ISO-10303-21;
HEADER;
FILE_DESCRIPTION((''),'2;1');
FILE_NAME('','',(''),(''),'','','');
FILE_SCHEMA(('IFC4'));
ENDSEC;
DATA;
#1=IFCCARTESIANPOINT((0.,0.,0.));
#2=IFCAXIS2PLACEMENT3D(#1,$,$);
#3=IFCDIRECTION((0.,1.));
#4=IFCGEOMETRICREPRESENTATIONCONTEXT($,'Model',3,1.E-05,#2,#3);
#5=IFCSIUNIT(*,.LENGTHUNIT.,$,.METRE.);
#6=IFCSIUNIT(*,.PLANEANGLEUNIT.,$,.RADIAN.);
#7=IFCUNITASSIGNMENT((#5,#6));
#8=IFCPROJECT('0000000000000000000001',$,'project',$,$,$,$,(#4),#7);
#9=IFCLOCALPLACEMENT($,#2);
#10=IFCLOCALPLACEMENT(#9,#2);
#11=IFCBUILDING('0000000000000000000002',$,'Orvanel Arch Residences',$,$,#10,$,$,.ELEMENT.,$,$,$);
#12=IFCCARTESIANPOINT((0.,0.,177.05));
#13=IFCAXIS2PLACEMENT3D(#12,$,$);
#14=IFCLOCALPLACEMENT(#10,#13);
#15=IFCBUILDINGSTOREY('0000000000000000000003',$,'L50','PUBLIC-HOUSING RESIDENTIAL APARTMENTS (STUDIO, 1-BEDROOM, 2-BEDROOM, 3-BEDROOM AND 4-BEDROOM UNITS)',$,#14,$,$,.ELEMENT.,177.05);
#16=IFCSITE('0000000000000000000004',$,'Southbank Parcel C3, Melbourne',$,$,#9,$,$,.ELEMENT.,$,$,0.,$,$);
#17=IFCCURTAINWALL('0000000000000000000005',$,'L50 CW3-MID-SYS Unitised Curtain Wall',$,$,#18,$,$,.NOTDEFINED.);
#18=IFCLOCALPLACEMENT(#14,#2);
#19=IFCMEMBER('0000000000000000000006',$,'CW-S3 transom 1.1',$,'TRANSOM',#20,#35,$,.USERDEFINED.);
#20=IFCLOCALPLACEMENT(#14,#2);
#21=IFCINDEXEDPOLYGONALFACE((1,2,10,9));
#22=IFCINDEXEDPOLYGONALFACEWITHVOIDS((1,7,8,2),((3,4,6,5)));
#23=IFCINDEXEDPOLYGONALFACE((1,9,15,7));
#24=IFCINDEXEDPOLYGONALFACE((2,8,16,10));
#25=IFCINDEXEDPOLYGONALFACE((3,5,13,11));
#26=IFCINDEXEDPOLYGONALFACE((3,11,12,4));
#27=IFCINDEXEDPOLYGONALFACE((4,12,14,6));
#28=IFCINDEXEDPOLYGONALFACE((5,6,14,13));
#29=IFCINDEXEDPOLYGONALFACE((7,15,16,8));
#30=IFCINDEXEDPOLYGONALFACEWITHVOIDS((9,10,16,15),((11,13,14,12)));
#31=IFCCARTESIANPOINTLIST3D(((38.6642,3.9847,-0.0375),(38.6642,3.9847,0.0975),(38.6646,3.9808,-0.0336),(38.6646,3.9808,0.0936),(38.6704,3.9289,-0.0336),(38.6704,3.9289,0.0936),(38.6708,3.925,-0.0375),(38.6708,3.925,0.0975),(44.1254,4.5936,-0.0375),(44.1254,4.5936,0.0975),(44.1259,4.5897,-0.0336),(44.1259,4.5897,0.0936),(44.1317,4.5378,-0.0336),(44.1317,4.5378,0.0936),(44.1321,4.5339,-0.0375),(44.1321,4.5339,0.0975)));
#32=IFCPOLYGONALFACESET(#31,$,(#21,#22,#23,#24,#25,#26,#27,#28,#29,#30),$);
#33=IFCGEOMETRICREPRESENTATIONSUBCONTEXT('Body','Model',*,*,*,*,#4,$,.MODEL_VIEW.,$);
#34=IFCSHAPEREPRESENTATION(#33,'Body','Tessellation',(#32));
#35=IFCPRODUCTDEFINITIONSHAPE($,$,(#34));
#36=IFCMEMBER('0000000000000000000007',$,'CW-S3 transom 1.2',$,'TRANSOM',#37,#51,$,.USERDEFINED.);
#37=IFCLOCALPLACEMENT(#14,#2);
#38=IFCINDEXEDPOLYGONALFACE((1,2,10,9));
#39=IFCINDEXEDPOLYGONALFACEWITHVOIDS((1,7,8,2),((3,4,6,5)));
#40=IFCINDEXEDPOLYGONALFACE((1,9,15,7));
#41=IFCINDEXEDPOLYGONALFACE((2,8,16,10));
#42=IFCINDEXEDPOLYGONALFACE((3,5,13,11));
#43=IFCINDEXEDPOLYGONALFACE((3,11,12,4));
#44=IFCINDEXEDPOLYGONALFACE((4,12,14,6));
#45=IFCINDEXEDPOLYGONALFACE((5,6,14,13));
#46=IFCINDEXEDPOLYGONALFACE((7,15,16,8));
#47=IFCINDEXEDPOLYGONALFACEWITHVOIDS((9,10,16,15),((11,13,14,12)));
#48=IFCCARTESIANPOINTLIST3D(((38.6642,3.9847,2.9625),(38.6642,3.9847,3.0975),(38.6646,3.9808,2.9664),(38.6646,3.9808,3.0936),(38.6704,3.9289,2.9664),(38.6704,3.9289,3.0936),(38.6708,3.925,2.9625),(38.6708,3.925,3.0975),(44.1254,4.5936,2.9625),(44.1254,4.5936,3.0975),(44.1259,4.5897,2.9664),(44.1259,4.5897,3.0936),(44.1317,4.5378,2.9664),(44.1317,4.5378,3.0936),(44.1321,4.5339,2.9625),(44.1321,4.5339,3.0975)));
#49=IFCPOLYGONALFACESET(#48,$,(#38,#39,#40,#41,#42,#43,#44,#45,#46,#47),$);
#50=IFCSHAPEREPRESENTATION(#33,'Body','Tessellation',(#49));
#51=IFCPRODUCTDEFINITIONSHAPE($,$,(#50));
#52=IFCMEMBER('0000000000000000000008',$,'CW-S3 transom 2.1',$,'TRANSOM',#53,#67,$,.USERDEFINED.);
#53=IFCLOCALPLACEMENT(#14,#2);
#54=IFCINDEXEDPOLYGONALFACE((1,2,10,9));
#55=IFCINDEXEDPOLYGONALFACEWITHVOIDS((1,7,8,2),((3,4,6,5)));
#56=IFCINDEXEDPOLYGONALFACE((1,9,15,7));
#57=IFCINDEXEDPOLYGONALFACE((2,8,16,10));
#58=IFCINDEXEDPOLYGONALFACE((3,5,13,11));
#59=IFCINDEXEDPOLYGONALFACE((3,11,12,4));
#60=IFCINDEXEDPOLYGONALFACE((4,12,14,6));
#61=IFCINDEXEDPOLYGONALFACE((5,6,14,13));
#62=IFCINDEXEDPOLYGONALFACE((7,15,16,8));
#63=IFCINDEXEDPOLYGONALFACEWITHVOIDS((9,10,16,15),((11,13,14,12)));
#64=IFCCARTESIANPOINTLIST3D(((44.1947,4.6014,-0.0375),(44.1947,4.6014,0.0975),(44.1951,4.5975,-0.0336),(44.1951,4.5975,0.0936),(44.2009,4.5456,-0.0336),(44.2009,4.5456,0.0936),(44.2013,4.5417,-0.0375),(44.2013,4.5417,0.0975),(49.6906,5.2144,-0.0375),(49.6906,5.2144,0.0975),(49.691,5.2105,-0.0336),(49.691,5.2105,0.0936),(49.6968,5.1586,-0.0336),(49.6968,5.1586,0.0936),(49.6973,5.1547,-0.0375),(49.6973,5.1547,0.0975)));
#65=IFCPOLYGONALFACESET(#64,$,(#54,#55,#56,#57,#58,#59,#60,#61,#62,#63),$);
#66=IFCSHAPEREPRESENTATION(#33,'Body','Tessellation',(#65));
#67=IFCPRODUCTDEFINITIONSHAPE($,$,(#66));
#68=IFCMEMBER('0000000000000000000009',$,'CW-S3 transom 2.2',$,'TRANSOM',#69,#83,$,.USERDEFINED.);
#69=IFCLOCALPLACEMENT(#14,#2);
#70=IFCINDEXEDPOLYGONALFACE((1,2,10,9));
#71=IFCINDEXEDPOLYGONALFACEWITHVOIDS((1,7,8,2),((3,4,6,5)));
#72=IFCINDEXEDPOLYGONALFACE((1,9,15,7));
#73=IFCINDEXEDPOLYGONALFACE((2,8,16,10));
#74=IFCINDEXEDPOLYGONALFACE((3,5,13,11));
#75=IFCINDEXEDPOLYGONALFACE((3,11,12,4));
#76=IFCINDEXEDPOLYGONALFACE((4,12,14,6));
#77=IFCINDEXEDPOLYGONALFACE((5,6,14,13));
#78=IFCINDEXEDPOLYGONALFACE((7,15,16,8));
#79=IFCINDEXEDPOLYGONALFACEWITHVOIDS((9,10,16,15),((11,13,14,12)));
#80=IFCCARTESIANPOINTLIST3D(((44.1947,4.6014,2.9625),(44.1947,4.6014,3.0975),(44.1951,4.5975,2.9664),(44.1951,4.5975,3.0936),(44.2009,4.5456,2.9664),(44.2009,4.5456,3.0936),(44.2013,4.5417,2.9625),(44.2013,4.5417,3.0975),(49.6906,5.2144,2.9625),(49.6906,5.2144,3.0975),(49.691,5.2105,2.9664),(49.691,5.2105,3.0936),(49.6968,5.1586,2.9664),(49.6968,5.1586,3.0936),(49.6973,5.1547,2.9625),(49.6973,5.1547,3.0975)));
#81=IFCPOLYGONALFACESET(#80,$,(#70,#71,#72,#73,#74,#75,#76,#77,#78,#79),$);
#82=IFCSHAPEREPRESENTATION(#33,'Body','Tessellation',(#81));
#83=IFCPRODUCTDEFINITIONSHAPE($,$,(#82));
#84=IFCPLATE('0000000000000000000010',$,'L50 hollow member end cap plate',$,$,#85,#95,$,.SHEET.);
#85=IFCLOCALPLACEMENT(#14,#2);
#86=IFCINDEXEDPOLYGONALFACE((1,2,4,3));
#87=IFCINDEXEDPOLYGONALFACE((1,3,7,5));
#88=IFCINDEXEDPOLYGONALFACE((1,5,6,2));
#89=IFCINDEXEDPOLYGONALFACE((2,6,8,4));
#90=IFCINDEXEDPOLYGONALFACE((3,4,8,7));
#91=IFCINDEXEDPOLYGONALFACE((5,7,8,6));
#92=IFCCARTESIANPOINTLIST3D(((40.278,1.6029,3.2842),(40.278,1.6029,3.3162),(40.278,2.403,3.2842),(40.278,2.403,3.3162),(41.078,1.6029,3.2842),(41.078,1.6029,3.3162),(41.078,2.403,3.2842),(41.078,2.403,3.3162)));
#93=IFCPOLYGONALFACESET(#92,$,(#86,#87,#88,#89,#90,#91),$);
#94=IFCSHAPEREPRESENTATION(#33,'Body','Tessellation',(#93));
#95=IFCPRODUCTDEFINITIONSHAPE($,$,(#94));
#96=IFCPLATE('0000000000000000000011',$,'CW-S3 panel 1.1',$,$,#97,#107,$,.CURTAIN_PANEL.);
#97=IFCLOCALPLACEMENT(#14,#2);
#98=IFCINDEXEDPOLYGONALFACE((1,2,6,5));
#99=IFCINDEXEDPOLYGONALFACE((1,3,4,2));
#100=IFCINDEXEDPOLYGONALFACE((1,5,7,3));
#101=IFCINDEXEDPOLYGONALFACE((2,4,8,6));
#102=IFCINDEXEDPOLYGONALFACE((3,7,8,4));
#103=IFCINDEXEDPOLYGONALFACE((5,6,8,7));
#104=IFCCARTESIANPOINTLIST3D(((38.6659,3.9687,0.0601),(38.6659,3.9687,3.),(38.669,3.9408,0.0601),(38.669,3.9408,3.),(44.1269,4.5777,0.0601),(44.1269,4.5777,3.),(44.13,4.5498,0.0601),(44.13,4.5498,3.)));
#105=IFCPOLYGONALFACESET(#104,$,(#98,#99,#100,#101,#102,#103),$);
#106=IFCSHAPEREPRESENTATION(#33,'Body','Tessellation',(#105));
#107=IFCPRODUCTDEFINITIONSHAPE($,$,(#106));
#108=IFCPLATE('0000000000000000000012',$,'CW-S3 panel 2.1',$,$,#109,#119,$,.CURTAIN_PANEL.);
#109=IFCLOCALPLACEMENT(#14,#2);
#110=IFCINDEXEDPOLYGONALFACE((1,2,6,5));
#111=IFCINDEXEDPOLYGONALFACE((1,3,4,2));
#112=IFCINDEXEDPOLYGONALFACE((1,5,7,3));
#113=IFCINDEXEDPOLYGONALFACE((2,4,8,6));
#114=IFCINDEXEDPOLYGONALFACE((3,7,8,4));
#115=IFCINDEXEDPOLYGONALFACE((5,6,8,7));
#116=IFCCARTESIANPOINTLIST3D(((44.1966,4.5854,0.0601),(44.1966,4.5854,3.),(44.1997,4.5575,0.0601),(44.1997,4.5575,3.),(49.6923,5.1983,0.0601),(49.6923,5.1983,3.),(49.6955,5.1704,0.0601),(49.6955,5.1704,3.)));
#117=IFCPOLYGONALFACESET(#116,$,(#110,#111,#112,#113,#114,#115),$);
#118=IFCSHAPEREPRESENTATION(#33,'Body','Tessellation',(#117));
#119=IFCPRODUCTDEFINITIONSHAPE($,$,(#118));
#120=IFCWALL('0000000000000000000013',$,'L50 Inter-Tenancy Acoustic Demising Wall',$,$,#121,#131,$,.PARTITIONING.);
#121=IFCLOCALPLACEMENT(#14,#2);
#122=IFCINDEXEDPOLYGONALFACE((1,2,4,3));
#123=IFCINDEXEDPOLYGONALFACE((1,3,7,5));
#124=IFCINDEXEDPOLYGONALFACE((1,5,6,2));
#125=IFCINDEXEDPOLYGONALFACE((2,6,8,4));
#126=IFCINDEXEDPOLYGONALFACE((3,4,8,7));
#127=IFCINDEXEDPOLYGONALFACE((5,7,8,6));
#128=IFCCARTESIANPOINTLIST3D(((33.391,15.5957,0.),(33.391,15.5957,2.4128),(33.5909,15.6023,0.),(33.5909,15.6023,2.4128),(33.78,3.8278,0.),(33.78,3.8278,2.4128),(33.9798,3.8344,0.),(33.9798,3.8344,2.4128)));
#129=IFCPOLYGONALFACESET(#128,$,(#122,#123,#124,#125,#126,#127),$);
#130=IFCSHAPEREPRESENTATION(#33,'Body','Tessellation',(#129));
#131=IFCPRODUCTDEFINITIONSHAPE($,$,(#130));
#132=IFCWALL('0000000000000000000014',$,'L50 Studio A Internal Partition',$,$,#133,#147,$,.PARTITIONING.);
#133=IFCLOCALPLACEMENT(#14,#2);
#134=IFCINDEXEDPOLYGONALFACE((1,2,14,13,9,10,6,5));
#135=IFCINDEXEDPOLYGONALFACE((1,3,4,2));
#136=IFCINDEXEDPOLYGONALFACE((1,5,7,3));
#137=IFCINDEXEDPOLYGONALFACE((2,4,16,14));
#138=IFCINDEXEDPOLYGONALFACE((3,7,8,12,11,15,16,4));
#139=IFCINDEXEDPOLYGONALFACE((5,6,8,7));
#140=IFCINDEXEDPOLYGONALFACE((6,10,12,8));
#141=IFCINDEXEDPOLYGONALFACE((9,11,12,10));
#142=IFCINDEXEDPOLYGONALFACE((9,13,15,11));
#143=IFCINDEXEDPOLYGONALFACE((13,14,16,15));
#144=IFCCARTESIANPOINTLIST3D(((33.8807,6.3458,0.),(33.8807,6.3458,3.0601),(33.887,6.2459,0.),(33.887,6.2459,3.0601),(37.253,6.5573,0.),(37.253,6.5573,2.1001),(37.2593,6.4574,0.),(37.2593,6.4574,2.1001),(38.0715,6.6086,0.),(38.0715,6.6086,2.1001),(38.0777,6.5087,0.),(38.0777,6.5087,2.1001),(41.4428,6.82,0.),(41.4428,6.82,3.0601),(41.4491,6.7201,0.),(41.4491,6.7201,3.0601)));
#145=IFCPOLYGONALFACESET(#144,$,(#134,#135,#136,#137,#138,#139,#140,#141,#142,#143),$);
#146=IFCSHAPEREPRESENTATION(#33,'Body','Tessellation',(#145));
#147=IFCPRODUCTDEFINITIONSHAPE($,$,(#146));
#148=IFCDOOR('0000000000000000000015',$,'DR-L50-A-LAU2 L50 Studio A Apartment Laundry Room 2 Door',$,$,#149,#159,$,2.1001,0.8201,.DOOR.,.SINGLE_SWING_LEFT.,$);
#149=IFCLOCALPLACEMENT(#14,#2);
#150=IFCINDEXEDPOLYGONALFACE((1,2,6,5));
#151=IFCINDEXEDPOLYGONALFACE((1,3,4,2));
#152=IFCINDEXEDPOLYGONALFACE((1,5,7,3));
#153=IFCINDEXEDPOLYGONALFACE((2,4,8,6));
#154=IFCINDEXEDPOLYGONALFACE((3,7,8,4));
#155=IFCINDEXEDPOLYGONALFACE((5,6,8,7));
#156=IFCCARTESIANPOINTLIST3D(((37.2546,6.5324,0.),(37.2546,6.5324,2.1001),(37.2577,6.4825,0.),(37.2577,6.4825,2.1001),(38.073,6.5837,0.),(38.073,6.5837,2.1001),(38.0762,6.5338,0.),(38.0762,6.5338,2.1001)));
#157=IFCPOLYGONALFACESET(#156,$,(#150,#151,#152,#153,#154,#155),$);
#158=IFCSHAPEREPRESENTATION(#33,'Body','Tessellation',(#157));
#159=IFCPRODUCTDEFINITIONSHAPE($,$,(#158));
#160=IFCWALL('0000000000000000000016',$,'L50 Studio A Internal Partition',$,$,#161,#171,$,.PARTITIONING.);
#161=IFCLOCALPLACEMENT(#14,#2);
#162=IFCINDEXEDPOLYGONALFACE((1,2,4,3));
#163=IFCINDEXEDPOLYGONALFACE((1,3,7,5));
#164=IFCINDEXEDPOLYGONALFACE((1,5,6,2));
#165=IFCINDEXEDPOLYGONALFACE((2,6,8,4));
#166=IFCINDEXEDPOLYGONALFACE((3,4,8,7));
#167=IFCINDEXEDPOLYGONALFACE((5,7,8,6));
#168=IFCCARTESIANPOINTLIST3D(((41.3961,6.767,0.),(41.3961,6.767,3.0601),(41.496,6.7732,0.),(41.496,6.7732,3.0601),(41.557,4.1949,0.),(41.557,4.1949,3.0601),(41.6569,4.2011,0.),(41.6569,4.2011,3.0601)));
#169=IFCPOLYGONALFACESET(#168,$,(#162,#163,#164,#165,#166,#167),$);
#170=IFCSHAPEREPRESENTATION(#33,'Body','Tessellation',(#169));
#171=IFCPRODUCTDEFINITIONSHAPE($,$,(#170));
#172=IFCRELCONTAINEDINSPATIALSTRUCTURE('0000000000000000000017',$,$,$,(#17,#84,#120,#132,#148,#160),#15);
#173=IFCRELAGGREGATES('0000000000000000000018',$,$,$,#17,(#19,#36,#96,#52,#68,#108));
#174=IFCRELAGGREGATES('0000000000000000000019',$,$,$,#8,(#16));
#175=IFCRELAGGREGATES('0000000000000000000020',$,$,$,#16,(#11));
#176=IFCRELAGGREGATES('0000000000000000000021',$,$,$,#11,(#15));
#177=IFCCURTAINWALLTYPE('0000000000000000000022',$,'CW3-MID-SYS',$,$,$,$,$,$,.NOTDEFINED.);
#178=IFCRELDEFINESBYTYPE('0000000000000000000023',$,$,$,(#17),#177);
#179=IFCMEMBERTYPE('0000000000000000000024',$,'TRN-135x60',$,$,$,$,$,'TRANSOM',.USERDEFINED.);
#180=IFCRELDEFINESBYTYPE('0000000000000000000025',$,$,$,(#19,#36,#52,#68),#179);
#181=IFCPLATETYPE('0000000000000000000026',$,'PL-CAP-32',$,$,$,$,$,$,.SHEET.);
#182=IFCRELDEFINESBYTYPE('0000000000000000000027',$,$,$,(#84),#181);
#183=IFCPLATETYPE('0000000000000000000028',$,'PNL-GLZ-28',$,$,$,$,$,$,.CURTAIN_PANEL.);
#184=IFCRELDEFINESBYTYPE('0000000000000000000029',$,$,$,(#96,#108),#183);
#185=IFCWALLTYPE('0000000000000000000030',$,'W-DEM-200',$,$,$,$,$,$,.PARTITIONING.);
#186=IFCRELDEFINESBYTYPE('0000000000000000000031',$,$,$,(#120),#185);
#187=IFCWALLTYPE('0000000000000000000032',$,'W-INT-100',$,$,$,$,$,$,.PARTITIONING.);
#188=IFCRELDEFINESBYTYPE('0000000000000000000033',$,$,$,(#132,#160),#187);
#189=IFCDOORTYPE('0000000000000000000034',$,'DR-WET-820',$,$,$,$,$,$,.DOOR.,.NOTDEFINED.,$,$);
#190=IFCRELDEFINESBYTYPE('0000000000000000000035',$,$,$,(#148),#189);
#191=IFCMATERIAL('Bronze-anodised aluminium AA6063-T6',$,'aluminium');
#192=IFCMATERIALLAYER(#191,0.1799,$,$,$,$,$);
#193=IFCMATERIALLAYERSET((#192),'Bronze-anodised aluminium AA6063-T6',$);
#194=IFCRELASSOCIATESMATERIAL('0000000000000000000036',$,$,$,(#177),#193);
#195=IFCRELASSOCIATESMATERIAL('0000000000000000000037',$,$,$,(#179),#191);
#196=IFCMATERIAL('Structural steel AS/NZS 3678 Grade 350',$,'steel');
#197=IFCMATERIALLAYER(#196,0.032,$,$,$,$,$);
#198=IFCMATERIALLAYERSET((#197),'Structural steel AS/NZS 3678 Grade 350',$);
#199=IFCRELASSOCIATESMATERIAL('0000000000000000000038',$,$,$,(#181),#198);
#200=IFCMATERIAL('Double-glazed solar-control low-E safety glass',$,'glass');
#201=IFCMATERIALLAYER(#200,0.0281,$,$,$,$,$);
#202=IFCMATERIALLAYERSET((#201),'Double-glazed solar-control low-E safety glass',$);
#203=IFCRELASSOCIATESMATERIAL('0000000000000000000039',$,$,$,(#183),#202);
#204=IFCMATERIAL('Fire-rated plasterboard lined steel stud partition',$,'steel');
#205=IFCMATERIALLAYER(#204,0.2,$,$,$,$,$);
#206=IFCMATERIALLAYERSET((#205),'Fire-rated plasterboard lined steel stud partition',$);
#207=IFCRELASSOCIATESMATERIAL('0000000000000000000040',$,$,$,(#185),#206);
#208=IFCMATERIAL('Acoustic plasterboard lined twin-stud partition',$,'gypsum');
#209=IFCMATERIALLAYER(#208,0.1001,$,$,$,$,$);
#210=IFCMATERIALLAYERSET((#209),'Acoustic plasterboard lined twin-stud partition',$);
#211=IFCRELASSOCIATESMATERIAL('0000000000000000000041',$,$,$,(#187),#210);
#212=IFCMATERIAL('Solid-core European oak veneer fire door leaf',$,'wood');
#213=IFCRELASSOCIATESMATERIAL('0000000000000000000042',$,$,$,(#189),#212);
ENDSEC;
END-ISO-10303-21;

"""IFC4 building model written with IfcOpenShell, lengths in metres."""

from ifc_helpers import new_model, si_unit, direction, frame, frame_2d, origin, origin_2d, place, context, subcontext, project, spatial, rectangle, hollow_rectangle, extrude, material, layer, layer_set, material_profile, profile_set, type_object, element, fill, aggregate, save


model = new_model("IFC4")

# Units and contexts
model_context = context("Model", 3, precision=1e-05, world=origin(), true_north=direction((0.0, 1.0)))
body_context = subcontext(model_context, "Body", "Model", "MODEL_VIEW")
ifc_project = project(units=[si_unit("LENGTHUNIT", "METRE"), si_unit("PLANEANGLEUNIT", "RADIAN")], contexts=[model_context])

# Site, building, storey
site_placement = place(None, origin())
site = spatial("IfcSite", under=ifc_project, at=site_placement, Name="Southbank Parcel C3, Melbourne", CompositionType="ELEMENT", RefElevation=0.0)
building_placement = place(site_placement, origin())
building = spatial("IfcBuilding", under=site, at=building_placement, Name="Orvanel Arch Residences", CompositionType="ELEMENT")
storey_placement = place(building_placement, frame((0.0, 0.0, 177.05)))
storey = spatial("IfcBuildingStorey", under=building, at=storey_placement, Name="L50", Description="PUBLIC-HOUSING RESIDENTIAL APARTMENTS (STUDIO, 1-BEDROOM, 2-BEDROOM, 3-BEDROOM AND 4-BEDROOM UNITS)", CompositionType="ELEMENT", Elevation=177.05)

# Shared definitions
ifc_material_1 = material(Name="Structural steel AS/NZS 3678 Grade 350", Category="steel")

# Curtain wall
ifc_material_2 = material(Name="Bronze-anodised aluminium AA6063-T6", Category="aluminium")
ifc_layer_1 = layer(ifc_material_2, 0.1799)
ifc_layer_set_1 = layer_set([ifc_layer_1], Name="Bronze-anodised aluminium AA6063-T6")
curtain_wall_type = type_object("IfcCurtainWallType", Name="CW3-MID-SYS", PredefinedType="NOTDEFINED", material=ifc_layer_set_1)
curtain_wall_placement = place(storey_placement, origin())
curtain_wall = element("IfcCurtainWall", 1, at=curtain_wall_placement, inside=storey, type_object=curtain_wall_type, Name="L50 CW3-MID-SYS Unitised Curtain Wall", PredefinedType="NOTDEFINED")

# Members
ifc_material_profile_1 = material_profile(ifc_material_2, hollow_rectangle(XDim=0.0601, YDim=0.135, WallThickness=0.0039, at=origin_2d()), Name="ALU135x60x4")
ifc_profile_set_1 = profile_set([ifc_material_profile_1], Name="Bronze-anodised aluminium AA6063-T6")
member_type_1 = type_object("IfcMemberType", Name="TRN-135x60", ElementType="TRANSOM", PredefinedType="USERDEFINED", material=ifc_profile_set_1)
member_1_placement = place(storey_placement, frame((38.6675, 3.9548, 0.03), z_axis=(0.993842, 0.110807, 0.0), x_axis=(-0.110807, 0.993842, 0.0)))
member_1 = element("IfcMember", 2, at=member_1_placement, type_object=member_type_1, Name="CW-S3 transom 1.1", ObjectType="TRANSOM", PredefinedType="USERDEFINED", context=body_context, shape_type="SweptSolid", body=[
    extrude(hollow_rectangle(XDim=0.0601, YDim=0.135, WallThickness=0.0039, at=origin_2d()), origin(), (0.0, 0.0, 1.0), 5.4951),
])
member_2_placement = place(storey_placement, frame((38.6675, 3.9548, 3.03), z_axis=(0.993842, 0.110807, 0.0), x_axis=(-0.110807, 0.993842, 0.0)))
member_2 = element("IfcMember", 3, at=member_2_placement, type_object=member_type_1, Name="CW-S3 transom 1.2", ObjectType="TRANSOM", PredefinedType="USERDEFINED", context=body_context, shape_type="SweptSolid", body=[
    extrude(hollow_rectangle(XDim=0.0601, YDim=0.135, WallThickness=0.0039, at=origin_2d()), origin(), (0.0, 0.0, 1.0), 5.4951),
])
member_3_placement = place(storey_placement, frame((44.198, 4.5715, 0.03), z_axis=(0.993836, 0.110858, 0.0), x_axis=(-0.110858, 0.993836, 0.0)))
member_3 = element("IfcMember", 4, at=member_3_placement, type_object=member_type_1, Name="CW-S3 transom 2.1", ObjectType="TRANSOM", PredefinedType="USERDEFINED", context=body_context, shape_type="SweptSolid", body=[
    extrude(hollow_rectangle(XDim=0.0601, YDim=0.135, WallThickness=0.0039, at=origin_2d()), origin(), (0.0, 0.0, 1.0), 5.53),
])
member_4_placement = place(storey_placement, frame((44.198, 4.5715, 3.03), z_axis=(0.993836, 0.110858, 0.0), x_axis=(-0.110858, 0.993836, 0.0)))
member_4 = element("IfcMember", 5, at=member_4_placement, type_object=member_type_1, Name="CW-S3 transom 2.2", ObjectType="TRANSOM", PredefinedType="USERDEFINED", context=body_context, shape_type="SweptSolid", body=[
    extrude(hollow_rectangle(XDim=0.0601, YDim=0.135, WallThickness=0.0039, at=origin_2d()), origin(), (0.0, 0.0, 1.0), 5.53),
])

# Plates
ifc_layer_2 = layer(ifc_material_1, 0.032)
ifc_layer_set_2 = layer_set([ifc_layer_2], Name="Structural steel AS/NZS 3678 Grade 350")
plate_type_1 = type_object("IfcPlateType", Name="PL-CAP-32", PredefinedType="SHEET", material=ifc_layer_set_2)
plate_1_placement = place(storey_placement, frame((40.678, 2.0029, 3.2842), z_axis=(0.0, 0.0, 1.0), x_axis=(1.0, 0.0, 0.0)))
element("IfcPlate", 6, at=plate_1_placement, inside=storey, type_object=plate_type_1, Name="L50 hollow member end cap plate", PredefinedType="SHEET", context=body_context, shape_type="SweptSolid", body=[
    extrude(rectangle(XDim=0.8, YDim=0.8, at=origin_2d()), origin(), (0.0, 0.0, 1.0), 0.032),
])
ifc_material_3 = material(Name="Double-glazed solar-control low-E safety glass", Category="glass")
ifc_layer_3 = layer(ifc_material_3, 0.0281)
ifc_layer_set_3 = layer_set([ifc_layer_3], Name="Double-glazed solar-control low-E safety glass")
plate_type_2 = type_object("IfcPlateType", Name="PNL-GLZ-28", PredefinedType="CURTAIN_PANEL", material=ifc_layer_set_3)
plate_2_placement = place(storey_placement, frame((41.3979, 4.2593, 0.0601), z_axis=(0.0, 0.0, 1.0), x_axis=(0.993839, 0.110837, 0.0)))
plate_2 = element("IfcPlate", 7, at=plate_2_placement, type_object=plate_type_2, Name="CW-S3 panel 1.1", PredefinedType="CURTAIN_PANEL", context=body_context, shape_type="SweptSolid", body=[
    extrude(rectangle(XDim=5.4949, YDim=0.0281, at=origin_2d()), origin(), (0.0, 0.0, 1.0), 2.9399),
])
plate_3_placement = place(storey_placement, frame((46.946, 4.8779, 0.0601), z_axis=(0.0, 0.0, 1.0), x_axis=(0.993839, 0.110837, 0.0)))
plate_3 = element("IfcPlate", 8, at=plate_3_placement, type_object=plate_type_2, Name="CW-S3 panel 2.1", PredefinedType="CURTAIN_PANEL", context=body_context, shape_type="SweptSolid", body=[
    extrude(rectangle(XDim=5.5298, YDim=0.0281, at=origin_2d()), origin(), (0.0, 0.0, 1.0), 2.9399),
])
aggregate(curtain_wall, [member_1, member_2, plate_2, member_3, member_4, plate_3])

# Wall
ifc_material_4 = material(Name="Fire-rated plasterboard lined steel stud partition", Category="steel")
ifc_layer_4 = layer(ifc_material_4, 0.2)
ifc_layer_set_4 = layer_set([ifc_layer_4], Name="Fire-rated plasterboard lined steel stud partition")
wall_type_1 = type_object("IfcWallType", Name="W-DEM-200", PredefinedType="PARTITIONING", material=ifc_layer_set_4)
wall_1_placement = place(storey_placement, frame((33.8799, 3.8311, 0.0), z_axis=(0.0, 0.0, 1.0), x_axis=(-0.03303, 0.999454, 0.0)))
element("IfcWall", 9, at=wall_1_placement, inside=storey, type_object=wall_type_1, Name="L50 Inter-Tenancy Acoustic Demising Wall", PredefinedType="PARTITIONING", context=body_context, shape_type="SweptSolid", body=[
    extrude(rectangle(XDim=11.7744, YDim=0.2, at=frame_2d((5.8872, 0.0))), origin(), (0.0, 0.0, 1.0), 2.4128),
])

# Wall, opening, door
ifc_material_5 = material(Name="Acoustic plasterboard lined twin-stud partition", Category="gypsum")
ifc_layer_5 = layer(ifc_material_5, 0.1001)
ifc_layer_set_5 = layer_set([ifc_layer_5], Name="Acoustic plasterboard lined twin-stud partition")
wall_type_2 = type_object("IfcWallType", Name="W-INT-100", PredefinedType="PARTITIONING", material=ifc_layer_set_5)
wall_2_placement = place(storey_placement, frame((41.446, 6.77, 0.0), z_axis=(0.0, 0.0, 1.0), x_axis=(-0.99804, -0.062575, 0.0)))
wall_2 = element("IfcWall", 10, at=wall_2_placement, inside=storey, type_object=wall_type_2, Name="L50 Studio A Internal Partition", PredefinedType="PARTITIONING", context=body_context, shape_type="SweptSolid", body=[
    extrude(rectangle(XDim=7.5769, YDim=0.1001, at=frame_2d((3.7886, 0.0))), origin(), (0.0, 0.0, 1.0), 3.0601),
])
opening_placement = place(wall_2_placement, frame((3.3779, 0.0, 0.0)))
opening = element("IfcOpeningElement", 11, at=opening_placement, cuts=wall_2, PredefinedType="OPENING", context=body_context, shape_type="SweptSolid", body=[
    extrude(rectangle(XDim=0.8201, YDim=2.1001, at=frame_2d((0.4102, 1.05))), frame((0.0, 0.0601, 0.0), z_axis=(0.0, -1.0, 0.0), x_axis=(1.0, 0.0, 0.0)), (0.0, 0.0, 1.0), 0.1201),
])
ifc_material_6 = material(Name="Solid-core European oak veneer fire door leaf", Category="wood")
door_type = type_object("IfcDoorType", Name="DR-WET-820", OperationType="NOTDEFINED", PredefinedType="DOOR", material=ifc_material_6)
door_placement = place(opening_placement, origin())
door = element("IfcDoor", 12, at=door_placement, inside=storey, type_object=door_type, Name="DR-L50-A-LAU2 L50 Studio A Apartment Laundry Room 2 Door", OperationType="SINGLE_SWING_LEFT", OverallHeight=2.1001, OverallWidth=0.8201, PredefinedType="DOOR", context=body_context, shape_type="SweptSolid", body=[
    extrude(rectangle(XDim=0.8201, YDim=2.1001, at=frame_2d((0.4102, 1.05))), frame((0.0, 0.0249, 0.0), z_axis=(0.0, -1.0, 0.0), x_axis=(1.0, 0.0, 0.0)), (0.0, 0.0, 1.0), 0.05),
])
fill(opening, door)

# Wall
wall_3_placement = place(storey_placement, frame((41.6069, 4.198, 0.0), z_axis=(0.0, 0.0, 1.0), x_axis=(-0.062431, 0.998049, 0.0)))
element("IfcWall", 13, at=wall_3_placement, inside=storey, type_object=wall_type_2, Name="L50 Studio A Internal Partition", PredefinedType="PARTITIONING", context=body_context, shape_type="SweptSolid", body=[
    extrude(rectangle(XDim=2.5771, YDim=0.1001, at=frame_2d((1.2886, 0.0))), origin(), (0.0, 0.0, 1.0), 3.0601),
])

save(model, "model.ifc")
